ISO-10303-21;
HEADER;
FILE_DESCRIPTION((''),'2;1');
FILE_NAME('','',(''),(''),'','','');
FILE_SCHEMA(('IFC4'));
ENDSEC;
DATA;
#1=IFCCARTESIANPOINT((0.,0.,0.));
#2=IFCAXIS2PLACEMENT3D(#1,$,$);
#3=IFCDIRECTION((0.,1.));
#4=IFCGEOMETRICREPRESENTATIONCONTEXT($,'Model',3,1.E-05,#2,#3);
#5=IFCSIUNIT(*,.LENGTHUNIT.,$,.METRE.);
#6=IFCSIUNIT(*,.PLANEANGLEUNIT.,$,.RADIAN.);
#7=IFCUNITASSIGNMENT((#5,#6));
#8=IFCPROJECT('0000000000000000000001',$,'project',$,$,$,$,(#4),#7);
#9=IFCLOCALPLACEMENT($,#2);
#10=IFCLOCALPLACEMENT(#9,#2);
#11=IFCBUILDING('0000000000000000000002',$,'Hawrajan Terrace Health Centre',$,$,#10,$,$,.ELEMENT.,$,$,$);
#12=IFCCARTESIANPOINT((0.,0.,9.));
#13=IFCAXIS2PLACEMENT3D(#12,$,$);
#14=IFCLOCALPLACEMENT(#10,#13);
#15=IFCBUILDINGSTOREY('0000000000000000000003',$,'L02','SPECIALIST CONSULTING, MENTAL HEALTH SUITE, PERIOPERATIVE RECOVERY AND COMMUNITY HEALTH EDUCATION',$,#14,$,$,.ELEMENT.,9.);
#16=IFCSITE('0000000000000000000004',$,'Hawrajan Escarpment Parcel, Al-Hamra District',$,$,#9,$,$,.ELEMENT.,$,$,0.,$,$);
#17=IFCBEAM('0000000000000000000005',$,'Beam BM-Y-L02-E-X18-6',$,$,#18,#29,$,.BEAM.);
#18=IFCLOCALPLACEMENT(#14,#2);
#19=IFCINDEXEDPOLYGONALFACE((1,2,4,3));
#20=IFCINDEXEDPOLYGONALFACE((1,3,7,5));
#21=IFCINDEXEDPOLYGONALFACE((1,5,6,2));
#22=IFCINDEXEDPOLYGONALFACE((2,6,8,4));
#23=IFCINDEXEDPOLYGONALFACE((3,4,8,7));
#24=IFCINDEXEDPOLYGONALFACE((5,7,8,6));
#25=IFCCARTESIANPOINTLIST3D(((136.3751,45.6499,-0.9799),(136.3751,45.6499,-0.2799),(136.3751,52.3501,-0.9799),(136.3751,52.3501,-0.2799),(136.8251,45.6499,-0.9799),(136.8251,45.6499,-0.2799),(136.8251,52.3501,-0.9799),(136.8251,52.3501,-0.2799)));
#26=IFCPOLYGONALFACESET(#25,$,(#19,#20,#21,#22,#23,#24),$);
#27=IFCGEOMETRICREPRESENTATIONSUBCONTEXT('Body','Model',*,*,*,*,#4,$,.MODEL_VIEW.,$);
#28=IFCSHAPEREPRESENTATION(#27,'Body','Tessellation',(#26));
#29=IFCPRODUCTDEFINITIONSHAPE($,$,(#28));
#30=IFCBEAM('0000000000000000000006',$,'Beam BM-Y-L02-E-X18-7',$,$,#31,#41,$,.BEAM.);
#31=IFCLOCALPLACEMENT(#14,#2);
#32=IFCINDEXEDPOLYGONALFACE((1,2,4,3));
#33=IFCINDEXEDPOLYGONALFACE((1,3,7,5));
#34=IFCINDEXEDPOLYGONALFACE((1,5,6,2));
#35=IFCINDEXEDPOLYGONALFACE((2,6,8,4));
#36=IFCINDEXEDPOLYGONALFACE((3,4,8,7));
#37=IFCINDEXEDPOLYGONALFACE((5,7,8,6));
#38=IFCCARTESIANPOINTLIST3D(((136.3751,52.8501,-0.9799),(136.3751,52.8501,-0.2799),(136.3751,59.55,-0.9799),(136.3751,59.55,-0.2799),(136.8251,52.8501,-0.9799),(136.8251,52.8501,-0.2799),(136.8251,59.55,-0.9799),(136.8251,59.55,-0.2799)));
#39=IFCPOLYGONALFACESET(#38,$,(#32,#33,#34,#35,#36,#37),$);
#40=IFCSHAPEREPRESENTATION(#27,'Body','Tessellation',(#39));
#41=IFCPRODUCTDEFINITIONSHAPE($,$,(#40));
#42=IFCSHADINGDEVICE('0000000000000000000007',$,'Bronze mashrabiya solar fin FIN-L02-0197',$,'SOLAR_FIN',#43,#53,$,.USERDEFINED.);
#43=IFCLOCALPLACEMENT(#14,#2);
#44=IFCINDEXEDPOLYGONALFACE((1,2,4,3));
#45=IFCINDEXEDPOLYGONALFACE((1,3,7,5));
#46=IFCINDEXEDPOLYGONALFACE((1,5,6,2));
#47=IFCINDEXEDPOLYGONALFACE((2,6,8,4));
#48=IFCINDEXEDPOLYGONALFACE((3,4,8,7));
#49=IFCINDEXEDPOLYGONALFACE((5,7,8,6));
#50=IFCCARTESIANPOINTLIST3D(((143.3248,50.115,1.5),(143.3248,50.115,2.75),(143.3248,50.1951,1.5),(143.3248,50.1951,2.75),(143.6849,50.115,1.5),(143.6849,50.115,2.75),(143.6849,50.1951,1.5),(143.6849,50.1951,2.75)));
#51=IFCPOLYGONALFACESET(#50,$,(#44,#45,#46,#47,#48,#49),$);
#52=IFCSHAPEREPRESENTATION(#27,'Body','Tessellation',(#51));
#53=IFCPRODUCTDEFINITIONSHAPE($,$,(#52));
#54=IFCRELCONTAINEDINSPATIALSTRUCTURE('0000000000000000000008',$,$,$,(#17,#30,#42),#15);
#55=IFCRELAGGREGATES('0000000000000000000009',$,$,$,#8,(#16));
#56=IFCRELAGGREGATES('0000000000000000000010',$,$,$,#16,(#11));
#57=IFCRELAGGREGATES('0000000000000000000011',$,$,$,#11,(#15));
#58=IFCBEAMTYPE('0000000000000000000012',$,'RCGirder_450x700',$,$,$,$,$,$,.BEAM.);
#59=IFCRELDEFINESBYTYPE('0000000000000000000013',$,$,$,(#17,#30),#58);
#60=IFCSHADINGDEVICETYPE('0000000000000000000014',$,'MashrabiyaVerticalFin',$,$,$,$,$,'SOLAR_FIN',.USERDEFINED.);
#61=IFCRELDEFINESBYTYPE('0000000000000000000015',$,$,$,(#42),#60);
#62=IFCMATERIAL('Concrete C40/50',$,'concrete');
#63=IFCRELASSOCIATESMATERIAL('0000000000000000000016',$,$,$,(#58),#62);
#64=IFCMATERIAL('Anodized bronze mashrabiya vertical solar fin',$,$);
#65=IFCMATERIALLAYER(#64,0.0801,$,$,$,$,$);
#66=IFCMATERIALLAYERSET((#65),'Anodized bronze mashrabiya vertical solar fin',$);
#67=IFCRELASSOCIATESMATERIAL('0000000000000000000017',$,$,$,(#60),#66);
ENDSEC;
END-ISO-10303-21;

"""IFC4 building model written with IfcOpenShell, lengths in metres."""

from ifc_helpers import new_model, si_unit, direction, frame, origin, origin_2d, place, context, subcontext, project, spatial, rectangle, extrude, material, layer, layer_set, material_profile, profile_set, type_object, element, save


model = new_model("IFC4")

# Units and contexts
model_context = context("Model", 3, precision=1e-05, world=origin(), true_north=direction((0.0, 1.0)))
body_context = subcontext(model_context, "Body", "Model", "MODEL_VIEW")
ifc_project = project(units=[si_unit("LENGTHUNIT", "METRE"), si_unit("PLANEANGLEUNIT", "RADIAN")], contexts=[model_context])

# Site, building, storey
site_placement = place(None, origin())
site = spatial("IfcSite", under=ifc_project, at=site_placement, Name="Hawrajan Escarpment Parcel, Al-Hamra District", CompositionType="ELEMENT", RefElevation=0.0)
building_placement = place(site_placement, origin())
building = spatial("IfcBuilding", under=site, at=building_placement, Name="Hawrajan Terrace Health Centre", CompositionType="ELEMENT")
storey_placement = place(building_placement, frame((0.0, 0.0, 9.0)))
storey = spatial("IfcBuildingStorey", under=building, at=storey_placement, Name="L02", Description="SPECIALIST CONSULTING, MENTAL HEALTH SUITE, PERIOPERATIVE RECOVERY AND COMMUNITY HEALTH EDUCATION", CompositionType="ELEMENT", Elevation=9.0)

# Beams
ifc_material_1 = material(Name="Concrete C40/50", Category="concrete")
ifc_material_profile_1 = material_profile(ifc_material_1, rectangle(XDim=0.45, YDim=0.7, at=origin_2d()), Name="RC BM 450x700")
ifc_profile_set_1 = profile_set([ifc_material_profile_1], Name="Concrete C40/50")
beam_type_1 = type_object("IfcBeamType", Name="RCGirder_450x700", PredefinedType="BEAM", material=ifc_profile_set_1)
beam_1_placement = place(storey_placement, frame((136.6001, 45.6499, -0.6299), z_axis=(0.0, 1.0, 0.0), x_axis=(-1.0, 0.0, 0.0)))
element("IfcBeam", 1, at=beam_1_placement, inside=storey, type_object=beam_type_1, Name="Beam BM-Y-L02-E-X18-6", PredefinedType="BEAM", context=body_context, shape_type="SweptSolid", body=[
    extrude(rectangle(XDim=0.45, YDim=0.7, at=origin_2d()), origin(), (0.0, 0.0, 1.0), 6.7002),
])
beam_2_placement = place(storey_placement, frame((136.6001, 52.8501, -0.6299), z_axis=(0.0, 1.0, 0.0), x_axis=(-1.0, 0.0, 0.0)))
element("IfcBeam", 2, at=beam_2_placement, inside=storey, type_object=beam_type_1, Name="Beam BM-Y-L02-E-X18-7", PredefinedType="BEAM", context=body_context, shape_type="SweptSolid", body=[
    extrude(rectangle(XDim=0.45, YDim=0.7, at=origin_2d()), origin(), (0.0, 0.0, 1.0), 6.7),
])

# Shading device
ifc_material_2 = material(Name="Anodized bronze mashrabiya vertical solar fin")
ifc_layer = layer(ifc_material_2, 0.0801)
ifc_layer_set = layer_set([ifc_layer], Name="Anodized bronze mashrabiya vertical solar fin")
shading_device_type = type_object("IfcShadingDeviceType", Name="MashrabiyaVerticalFin", ElementType="SOLAR_FIN", PredefinedType="USERDEFINED", material=ifc_layer_set)
shading_device_placement = place(storey_placement, frame((143.5049, 50.155, 1.5), z_axis=(0.0, 0.0, 1.0), x_axis=(0.0, 1.0, 0.0)))
element("IfcShadingDevice", 3, at=shading_device_placement, inside=storey, type_object=shading_device_type, Name="Bronze mashrabiya solar fin FIN-L02-0197", ObjectType="SOLAR_FIN", PredefinedType="USERDEFINED", context=body_context, shape_type="SweptSolid", body=[
    extrude(rectangle(XDim=0.0801, YDim=0.3601, at=origin_2d()), origin(), (0.0, 0.0, 1.0), 1.25),
])

save(model, "model.ifc")
